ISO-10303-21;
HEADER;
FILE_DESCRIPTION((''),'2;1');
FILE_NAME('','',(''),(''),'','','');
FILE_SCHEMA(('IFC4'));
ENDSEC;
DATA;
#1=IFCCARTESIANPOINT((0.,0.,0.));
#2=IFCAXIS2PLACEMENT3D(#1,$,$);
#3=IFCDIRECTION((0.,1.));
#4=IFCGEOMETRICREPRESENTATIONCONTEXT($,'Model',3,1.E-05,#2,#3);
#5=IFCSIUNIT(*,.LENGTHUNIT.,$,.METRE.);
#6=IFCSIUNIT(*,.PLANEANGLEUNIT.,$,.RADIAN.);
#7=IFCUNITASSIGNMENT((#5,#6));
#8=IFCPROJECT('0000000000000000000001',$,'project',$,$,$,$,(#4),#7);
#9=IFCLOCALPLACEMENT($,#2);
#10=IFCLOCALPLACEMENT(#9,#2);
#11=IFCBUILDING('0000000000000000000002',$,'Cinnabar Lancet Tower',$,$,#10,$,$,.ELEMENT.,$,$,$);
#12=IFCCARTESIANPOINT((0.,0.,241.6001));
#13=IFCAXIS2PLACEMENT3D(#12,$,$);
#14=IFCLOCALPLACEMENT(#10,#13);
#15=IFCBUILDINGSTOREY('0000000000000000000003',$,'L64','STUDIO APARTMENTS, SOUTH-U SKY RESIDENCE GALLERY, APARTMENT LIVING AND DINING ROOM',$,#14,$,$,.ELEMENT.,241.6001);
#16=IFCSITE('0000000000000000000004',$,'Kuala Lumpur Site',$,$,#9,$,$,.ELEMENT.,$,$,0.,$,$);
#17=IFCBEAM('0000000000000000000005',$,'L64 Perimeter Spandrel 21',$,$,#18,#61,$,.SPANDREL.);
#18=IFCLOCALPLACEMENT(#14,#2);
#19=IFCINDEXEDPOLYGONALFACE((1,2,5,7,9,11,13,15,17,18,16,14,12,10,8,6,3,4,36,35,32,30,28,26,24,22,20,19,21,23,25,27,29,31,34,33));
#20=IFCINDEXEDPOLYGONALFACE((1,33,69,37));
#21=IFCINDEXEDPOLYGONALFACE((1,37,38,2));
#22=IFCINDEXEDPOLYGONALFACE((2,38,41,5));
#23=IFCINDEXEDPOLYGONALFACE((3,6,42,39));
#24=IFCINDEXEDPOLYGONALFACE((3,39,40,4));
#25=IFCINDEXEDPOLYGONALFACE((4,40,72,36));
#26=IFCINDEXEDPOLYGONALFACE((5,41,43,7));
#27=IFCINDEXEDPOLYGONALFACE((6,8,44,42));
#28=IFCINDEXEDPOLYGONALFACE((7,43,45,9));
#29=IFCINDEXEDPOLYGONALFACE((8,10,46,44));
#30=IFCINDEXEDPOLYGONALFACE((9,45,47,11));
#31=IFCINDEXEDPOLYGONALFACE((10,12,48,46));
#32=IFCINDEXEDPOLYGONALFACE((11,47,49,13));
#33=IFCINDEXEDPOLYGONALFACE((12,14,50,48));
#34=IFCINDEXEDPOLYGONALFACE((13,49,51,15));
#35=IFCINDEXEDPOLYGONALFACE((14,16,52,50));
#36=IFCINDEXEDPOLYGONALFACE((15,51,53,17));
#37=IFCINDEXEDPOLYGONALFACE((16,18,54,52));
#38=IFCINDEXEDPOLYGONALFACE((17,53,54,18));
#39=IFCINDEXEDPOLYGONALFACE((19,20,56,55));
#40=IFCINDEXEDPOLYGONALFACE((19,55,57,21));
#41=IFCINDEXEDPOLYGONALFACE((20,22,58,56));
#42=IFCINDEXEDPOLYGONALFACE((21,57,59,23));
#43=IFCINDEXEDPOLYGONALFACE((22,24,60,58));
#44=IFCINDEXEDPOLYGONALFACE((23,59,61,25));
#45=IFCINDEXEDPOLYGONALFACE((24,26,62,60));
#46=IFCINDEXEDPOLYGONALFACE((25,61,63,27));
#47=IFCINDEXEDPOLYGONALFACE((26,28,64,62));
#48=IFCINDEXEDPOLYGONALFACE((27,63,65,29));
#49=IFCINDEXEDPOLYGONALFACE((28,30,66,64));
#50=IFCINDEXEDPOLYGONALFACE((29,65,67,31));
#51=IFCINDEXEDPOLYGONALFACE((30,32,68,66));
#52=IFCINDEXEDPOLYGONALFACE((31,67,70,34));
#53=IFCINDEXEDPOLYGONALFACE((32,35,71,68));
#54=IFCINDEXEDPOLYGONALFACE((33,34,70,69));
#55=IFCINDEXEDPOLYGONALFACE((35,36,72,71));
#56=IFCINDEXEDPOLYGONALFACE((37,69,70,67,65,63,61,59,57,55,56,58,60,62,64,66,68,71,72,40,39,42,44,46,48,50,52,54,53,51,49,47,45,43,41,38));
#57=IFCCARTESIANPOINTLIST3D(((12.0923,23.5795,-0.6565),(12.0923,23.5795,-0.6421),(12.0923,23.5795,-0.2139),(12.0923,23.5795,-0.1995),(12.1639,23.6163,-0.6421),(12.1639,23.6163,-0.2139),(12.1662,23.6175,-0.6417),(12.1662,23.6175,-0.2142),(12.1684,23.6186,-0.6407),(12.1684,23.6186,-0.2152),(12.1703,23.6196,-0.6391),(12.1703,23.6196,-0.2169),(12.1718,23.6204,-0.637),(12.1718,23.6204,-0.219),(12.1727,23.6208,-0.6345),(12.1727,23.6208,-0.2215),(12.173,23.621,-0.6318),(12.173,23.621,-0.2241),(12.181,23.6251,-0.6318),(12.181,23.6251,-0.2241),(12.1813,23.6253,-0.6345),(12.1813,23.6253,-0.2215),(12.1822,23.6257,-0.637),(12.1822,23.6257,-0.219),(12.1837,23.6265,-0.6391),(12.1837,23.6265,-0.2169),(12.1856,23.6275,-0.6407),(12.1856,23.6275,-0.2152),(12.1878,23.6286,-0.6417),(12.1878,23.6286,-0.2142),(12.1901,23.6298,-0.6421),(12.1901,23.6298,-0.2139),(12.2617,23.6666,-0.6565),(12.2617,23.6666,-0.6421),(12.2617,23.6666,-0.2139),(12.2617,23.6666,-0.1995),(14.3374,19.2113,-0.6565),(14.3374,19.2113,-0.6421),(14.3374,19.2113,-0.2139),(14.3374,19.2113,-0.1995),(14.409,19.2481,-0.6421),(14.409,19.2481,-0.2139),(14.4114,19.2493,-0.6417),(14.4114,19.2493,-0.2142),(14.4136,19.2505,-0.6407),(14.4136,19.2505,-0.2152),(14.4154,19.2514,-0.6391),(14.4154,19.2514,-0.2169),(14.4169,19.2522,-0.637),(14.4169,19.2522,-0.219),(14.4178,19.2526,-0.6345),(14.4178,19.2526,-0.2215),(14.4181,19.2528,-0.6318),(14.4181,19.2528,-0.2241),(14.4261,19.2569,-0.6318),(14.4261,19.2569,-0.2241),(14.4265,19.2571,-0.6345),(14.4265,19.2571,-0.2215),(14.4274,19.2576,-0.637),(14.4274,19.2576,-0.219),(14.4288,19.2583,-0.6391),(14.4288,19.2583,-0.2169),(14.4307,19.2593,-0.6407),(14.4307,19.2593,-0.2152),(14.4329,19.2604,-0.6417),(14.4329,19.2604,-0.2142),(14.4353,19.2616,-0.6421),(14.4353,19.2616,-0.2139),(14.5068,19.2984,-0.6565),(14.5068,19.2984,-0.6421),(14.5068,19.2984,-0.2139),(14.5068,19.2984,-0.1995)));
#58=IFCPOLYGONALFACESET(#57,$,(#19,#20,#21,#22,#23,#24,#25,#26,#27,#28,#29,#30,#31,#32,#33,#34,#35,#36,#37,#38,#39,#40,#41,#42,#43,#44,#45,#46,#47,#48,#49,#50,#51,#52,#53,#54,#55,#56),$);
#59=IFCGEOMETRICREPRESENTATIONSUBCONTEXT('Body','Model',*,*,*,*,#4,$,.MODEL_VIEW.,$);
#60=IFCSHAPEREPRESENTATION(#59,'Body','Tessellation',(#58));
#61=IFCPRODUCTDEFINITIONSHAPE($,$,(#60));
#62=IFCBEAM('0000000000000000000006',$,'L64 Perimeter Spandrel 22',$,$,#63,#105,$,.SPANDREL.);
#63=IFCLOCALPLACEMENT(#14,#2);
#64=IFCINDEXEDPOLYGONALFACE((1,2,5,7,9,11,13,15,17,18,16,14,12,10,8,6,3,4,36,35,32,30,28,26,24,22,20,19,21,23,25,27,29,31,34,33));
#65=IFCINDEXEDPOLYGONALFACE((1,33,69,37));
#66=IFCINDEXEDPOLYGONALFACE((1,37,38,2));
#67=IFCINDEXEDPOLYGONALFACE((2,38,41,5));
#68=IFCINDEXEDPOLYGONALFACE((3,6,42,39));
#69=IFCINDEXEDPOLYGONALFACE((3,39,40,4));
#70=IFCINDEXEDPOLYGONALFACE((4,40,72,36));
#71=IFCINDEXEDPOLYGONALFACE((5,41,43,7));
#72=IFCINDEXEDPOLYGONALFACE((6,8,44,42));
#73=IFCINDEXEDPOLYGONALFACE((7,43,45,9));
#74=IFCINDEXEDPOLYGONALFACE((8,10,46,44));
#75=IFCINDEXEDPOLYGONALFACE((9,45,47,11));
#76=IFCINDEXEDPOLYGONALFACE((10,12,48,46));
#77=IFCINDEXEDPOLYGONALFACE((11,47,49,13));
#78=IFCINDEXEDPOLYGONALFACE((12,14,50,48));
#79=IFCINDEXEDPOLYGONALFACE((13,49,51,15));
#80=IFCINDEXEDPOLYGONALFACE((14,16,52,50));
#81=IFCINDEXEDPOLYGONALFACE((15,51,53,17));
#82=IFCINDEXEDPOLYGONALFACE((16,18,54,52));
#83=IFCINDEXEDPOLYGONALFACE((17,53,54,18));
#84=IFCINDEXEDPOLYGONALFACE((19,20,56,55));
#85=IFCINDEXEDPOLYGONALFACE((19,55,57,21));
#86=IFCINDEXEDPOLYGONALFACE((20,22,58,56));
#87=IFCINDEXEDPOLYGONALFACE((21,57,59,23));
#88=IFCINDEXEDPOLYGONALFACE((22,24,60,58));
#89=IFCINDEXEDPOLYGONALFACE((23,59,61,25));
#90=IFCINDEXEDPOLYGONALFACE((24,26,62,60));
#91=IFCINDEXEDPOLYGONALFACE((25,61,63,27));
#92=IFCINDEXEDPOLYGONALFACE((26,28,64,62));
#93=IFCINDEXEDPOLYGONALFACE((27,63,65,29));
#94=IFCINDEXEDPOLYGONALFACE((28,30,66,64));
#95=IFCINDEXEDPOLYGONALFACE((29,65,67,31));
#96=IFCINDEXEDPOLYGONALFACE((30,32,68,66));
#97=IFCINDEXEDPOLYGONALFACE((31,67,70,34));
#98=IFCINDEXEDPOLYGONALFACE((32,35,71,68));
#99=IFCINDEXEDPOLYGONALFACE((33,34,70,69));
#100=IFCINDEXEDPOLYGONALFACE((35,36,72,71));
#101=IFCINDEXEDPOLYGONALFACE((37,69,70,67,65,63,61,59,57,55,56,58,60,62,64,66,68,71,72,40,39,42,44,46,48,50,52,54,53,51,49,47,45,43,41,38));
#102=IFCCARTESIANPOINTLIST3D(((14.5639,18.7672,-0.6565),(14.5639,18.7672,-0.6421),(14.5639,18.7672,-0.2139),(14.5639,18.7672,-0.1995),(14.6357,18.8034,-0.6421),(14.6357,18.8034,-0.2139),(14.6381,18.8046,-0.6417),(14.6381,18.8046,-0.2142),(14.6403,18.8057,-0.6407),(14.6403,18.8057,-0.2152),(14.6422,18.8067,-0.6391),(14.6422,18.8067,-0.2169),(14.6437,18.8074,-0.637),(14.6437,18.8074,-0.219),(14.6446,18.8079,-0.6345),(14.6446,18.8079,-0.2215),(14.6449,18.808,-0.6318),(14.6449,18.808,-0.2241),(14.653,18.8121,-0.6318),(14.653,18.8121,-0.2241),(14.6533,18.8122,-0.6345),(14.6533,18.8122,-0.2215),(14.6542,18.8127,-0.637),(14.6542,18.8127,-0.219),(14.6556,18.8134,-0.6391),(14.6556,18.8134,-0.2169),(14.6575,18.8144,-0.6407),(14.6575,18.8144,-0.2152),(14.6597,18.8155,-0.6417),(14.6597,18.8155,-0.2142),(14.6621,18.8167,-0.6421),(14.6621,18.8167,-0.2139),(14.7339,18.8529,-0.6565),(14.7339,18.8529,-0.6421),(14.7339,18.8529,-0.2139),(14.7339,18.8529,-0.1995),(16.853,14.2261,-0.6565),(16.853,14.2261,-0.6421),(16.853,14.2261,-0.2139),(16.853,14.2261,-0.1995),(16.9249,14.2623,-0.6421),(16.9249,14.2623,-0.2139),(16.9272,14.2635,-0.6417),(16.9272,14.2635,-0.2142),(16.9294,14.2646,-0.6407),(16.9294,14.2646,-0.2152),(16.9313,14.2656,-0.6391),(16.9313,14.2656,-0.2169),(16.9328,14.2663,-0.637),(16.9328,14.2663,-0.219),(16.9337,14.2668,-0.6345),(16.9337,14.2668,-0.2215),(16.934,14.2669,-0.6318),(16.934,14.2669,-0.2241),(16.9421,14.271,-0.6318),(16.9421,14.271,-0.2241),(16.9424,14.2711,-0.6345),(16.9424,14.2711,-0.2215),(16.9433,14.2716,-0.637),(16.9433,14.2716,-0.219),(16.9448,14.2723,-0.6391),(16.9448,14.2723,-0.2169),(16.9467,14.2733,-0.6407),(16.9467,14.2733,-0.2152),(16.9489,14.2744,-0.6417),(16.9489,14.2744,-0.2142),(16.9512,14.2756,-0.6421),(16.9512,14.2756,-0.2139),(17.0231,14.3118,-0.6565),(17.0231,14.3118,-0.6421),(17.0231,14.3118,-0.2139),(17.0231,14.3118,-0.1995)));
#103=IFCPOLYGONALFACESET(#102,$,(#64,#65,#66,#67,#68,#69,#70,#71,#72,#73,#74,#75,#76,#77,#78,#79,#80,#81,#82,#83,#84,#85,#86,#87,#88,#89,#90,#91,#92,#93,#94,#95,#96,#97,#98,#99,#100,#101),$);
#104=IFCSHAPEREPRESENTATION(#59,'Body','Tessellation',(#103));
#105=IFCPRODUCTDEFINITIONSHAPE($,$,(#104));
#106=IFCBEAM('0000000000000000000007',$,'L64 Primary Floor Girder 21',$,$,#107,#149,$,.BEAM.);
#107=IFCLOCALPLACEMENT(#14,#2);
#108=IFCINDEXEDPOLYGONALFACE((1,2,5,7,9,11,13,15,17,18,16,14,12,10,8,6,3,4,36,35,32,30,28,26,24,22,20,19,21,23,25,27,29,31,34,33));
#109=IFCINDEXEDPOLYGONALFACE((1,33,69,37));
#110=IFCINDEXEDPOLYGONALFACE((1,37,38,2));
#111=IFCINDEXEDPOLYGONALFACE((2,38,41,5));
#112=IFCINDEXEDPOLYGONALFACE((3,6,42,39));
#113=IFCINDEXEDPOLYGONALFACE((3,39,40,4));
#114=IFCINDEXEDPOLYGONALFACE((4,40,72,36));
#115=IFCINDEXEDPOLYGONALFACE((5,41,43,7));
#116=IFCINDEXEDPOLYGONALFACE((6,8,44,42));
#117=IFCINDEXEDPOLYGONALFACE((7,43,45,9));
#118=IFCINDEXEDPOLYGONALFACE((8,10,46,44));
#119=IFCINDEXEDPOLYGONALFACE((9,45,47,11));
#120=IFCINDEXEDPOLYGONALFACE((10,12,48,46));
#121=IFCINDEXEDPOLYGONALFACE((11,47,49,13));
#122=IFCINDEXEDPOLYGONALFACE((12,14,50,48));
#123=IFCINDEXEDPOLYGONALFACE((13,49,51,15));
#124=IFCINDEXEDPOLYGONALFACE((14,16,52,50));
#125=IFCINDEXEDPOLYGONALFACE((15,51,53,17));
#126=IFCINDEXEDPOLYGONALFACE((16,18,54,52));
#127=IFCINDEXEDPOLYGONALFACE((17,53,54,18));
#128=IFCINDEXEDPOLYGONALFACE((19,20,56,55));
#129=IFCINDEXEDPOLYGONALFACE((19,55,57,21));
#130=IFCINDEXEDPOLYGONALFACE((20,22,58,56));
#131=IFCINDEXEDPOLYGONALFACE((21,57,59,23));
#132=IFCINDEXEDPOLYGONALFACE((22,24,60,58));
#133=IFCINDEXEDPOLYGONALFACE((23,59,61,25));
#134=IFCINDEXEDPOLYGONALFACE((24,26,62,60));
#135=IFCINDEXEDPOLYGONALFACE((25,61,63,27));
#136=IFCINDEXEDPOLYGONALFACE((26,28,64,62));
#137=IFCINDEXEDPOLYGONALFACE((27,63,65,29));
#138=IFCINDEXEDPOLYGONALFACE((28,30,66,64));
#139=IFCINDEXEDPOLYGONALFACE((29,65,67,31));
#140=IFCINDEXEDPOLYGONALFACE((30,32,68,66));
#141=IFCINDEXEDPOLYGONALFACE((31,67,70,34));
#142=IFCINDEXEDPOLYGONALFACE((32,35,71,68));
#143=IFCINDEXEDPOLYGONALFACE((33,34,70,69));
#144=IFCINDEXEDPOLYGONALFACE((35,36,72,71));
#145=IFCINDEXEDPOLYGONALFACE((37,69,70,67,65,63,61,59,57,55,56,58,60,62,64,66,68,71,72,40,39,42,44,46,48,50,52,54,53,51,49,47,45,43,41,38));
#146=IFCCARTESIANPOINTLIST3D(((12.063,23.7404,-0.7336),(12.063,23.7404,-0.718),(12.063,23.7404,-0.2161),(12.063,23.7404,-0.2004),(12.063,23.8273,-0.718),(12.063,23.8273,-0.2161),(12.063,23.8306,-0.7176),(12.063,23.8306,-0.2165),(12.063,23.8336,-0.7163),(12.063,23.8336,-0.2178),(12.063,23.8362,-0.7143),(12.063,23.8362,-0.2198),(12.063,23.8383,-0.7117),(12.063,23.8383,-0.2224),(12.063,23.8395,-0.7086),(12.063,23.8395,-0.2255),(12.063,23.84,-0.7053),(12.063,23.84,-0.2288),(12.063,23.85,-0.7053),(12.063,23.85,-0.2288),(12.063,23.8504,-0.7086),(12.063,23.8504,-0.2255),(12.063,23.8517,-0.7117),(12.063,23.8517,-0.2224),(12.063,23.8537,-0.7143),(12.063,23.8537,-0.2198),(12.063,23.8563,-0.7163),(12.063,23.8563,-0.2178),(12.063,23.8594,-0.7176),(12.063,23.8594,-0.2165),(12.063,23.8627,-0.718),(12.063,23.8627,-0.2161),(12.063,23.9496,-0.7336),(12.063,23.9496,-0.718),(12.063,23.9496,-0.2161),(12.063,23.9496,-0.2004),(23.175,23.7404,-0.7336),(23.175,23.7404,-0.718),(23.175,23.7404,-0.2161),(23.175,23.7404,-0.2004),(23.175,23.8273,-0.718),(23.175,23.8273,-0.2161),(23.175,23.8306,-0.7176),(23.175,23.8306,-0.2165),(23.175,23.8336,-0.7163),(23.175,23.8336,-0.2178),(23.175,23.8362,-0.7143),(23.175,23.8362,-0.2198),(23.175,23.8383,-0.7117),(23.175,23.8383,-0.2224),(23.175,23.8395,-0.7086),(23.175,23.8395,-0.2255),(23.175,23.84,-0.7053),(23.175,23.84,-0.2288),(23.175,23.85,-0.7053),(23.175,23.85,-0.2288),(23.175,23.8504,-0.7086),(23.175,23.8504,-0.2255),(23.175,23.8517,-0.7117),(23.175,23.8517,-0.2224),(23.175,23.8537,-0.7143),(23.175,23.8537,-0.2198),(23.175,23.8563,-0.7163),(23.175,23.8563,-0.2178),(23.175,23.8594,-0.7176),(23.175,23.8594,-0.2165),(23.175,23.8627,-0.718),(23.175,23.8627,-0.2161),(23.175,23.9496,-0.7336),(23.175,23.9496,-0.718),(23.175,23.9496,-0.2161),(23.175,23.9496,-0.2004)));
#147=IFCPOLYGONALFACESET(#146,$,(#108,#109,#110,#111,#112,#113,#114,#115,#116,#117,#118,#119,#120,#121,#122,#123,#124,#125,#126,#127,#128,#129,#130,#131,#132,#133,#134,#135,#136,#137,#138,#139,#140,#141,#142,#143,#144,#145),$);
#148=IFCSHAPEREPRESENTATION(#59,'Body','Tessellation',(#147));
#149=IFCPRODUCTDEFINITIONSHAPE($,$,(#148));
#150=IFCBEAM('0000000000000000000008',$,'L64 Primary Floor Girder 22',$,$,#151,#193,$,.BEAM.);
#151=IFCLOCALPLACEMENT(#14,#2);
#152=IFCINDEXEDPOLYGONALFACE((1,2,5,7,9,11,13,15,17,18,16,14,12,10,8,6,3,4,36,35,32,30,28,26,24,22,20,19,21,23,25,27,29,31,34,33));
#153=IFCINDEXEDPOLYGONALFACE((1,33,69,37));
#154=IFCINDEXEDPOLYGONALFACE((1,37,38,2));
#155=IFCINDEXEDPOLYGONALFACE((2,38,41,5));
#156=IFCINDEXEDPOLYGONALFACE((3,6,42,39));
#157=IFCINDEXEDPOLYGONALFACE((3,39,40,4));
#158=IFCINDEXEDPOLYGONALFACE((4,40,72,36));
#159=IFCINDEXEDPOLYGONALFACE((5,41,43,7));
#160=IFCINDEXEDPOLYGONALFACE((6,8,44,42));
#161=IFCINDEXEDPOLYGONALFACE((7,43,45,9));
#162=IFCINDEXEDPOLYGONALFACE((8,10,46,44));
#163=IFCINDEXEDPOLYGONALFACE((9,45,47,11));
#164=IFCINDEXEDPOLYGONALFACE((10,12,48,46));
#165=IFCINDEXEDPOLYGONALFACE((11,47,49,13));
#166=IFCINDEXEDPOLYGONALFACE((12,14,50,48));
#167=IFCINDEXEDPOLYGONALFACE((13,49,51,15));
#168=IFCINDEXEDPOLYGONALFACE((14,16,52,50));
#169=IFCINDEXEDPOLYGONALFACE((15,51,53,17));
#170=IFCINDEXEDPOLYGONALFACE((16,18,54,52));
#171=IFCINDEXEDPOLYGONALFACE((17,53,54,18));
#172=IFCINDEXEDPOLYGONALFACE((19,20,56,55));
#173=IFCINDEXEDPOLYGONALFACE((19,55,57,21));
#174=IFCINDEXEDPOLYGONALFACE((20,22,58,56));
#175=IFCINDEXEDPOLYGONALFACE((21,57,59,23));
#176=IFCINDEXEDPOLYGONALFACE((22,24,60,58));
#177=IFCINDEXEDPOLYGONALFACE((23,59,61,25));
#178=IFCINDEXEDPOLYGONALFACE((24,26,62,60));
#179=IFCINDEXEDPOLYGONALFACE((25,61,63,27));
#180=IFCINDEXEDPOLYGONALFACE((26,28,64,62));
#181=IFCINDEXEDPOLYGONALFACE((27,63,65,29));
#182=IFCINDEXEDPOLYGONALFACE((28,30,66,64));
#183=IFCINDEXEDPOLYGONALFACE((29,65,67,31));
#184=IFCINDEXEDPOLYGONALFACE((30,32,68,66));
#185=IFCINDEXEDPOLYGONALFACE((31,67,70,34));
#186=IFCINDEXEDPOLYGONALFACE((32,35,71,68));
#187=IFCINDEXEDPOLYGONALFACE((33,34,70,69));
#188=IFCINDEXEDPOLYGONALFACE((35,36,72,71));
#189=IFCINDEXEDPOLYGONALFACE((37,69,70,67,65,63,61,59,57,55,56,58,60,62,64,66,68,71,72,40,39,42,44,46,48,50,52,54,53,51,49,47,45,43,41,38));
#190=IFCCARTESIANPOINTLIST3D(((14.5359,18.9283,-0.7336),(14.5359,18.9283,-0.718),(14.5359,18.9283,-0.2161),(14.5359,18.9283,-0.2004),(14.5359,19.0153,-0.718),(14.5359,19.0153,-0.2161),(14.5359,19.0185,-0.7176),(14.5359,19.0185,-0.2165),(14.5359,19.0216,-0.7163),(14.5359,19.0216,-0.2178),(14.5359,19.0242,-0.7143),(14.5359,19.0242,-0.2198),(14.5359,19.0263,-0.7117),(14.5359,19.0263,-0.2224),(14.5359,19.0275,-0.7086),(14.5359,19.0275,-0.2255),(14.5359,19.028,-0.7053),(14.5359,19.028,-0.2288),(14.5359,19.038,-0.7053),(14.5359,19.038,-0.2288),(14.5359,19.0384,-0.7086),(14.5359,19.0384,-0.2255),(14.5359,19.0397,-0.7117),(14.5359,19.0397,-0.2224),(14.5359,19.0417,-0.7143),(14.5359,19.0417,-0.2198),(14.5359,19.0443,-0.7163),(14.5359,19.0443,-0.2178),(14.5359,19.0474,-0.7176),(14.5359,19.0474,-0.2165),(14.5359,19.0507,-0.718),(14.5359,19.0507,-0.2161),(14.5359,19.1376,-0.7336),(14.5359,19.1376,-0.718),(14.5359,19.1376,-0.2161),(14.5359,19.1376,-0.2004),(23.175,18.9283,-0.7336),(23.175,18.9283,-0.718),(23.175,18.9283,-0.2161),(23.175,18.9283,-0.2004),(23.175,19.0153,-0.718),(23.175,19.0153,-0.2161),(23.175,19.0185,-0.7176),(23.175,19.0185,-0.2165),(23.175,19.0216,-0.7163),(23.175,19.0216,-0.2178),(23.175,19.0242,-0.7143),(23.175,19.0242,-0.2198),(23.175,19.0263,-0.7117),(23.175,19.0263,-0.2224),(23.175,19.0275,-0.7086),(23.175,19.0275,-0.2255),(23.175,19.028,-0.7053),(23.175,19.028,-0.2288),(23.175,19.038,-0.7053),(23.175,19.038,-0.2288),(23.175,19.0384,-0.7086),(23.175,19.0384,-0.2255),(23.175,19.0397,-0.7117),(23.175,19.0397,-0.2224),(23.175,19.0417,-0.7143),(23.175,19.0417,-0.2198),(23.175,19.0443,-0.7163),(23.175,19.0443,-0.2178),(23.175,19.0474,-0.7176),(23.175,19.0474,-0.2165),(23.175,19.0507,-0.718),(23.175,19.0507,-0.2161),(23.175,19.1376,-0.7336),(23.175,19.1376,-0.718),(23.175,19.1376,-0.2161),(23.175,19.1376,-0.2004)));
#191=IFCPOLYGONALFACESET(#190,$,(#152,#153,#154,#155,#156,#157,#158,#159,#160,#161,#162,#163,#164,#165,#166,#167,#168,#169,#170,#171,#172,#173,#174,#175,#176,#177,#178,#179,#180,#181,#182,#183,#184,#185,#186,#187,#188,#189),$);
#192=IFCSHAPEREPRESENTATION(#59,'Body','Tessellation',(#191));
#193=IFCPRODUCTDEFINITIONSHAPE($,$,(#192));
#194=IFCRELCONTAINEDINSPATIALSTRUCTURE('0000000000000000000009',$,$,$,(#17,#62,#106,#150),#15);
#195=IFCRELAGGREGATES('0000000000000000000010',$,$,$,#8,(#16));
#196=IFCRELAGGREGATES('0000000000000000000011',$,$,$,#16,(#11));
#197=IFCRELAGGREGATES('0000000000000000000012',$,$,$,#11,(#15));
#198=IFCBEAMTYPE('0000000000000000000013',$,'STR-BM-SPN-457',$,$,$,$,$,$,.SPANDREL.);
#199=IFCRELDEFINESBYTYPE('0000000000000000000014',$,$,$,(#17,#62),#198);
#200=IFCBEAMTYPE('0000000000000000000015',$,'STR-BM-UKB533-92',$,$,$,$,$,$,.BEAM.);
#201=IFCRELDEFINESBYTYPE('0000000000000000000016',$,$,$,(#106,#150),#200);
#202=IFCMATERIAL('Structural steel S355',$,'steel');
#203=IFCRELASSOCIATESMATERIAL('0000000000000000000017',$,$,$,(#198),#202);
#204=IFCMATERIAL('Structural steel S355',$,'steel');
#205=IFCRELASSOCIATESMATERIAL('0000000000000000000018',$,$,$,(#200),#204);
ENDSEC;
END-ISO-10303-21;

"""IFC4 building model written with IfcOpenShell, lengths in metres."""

from ifc_helpers import new_model, si_unit, direction, frame, origin, origin_2d, place, context, subcontext, project, spatial, i_section, extrude, material, material_profile, profile_set, type_object, element, save


model = new_model("IFC4")

# Units and contexts
model_context = context("Model", 3, precision=1e-05, world=origin(), true_north=direction((0.0, 1.0)))
body_context = subcontext(model_context, "Body", "Model", "MODEL_VIEW")
ifc_project = project(units=[si_unit("LENGTHUNIT", "METRE"), si_unit("PLANEANGLEUNIT", "RADIAN")], contexts=[model_context])

# Site, building, storey
site_placement = place(None, origin())
site = spatial("IfcSite", under=ifc_project, at=site_placement, Name="Kuala Lumpur Site", CompositionType="ELEMENT", RefElevation=0.0)
building_placement = place(site_placement, origin())
building = spatial("IfcBuilding", under=site, at=building_placement, Name="Cinnabar Lancet Tower", CompositionType="ELEMENT")
storey_placement = place(building_placement, frame((0.0, 0.0, 241.6001)))
storey = spatial("IfcBuildingStorey", under=building, at=storey_placement, Name="L64", Description="STUDIO APARTMENTS, SOUTH-U SKY RESIDENCE GALLERY, APARTMENT LIVING AND DINING ROOM", CompositionType="ELEMENT", Elevation=241.6001)

# Beams
ifc_material_1 = material(Name="Structural steel S355", Category="steel")
ifc_material_profile_1 = material_profile(ifc_material_1, i_section(OverallWidth=0.1904, OverallDepth=0.457, WebThickness=0.009, FlangeThickness=0.0144, FilletRadius=0.0103, at=origin_2d()), Name="UKB 457x191x74")
ifc_profile_set_1 = profile_set([ifc_material_profile_1], Name="Structural steel S355")
beam_type_1 = type_object("IfcBeamType", Name="STR-BM-SPN-457", PredefinedType="SPANDREL", material=ifc_profile_set_1)
beam_1_placement = place(storey_placement, frame((12.177, 23.623, -0.428), z_axis=(0.457128, -0.889401, 0.0), x_axis=(0.889401, 0.457128, 0.0)))
element("IfcBeam", 1, at=beam_1_placement, inside=storey, type_object=beam_type_1, Name="L64 Perimeter Spandrel 21", PredefinedType="SPANDREL", context=body_context, shape_type="SweptSolid", body=[
    extrude(i_section(OverallWidth=0.1904, OverallDepth=0.457, WebThickness=0.009, FlangeThickness=0.0144, FilletRadius=0.0103, at=origin_2d()), origin(), (0.0, 0.0, 1.0), 4.9114),
])
beam_2_placement = place(storey_placement, frame((14.6489, 18.8101, -0.428), z_axis=(0.45013, -0.892963, 0.0), x_axis=(0.892963, 0.45013, 0.0)))
element("IfcBeam", 2, at=beam_2_placement, inside=storey, type_object=beam_type_1, Name="L64 Perimeter Spandrel 22", PredefinedType="SPANDREL", context=body_context, shape_type="SweptSolid", body=[
    extrude(i_section(OverallWidth=0.1904, OverallDepth=0.457, WebThickness=0.009, FlangeThickness=0.0144, FilletRadius=0.0103, at=origin_2d()), origin(), (0.0, 0.0, 1.0), 5.0854),
])
ifc_material_2 = material(Name="Structural steel S355", Category="steel")
ifc_material_profile_2 = material_profile(ifc_material_2, i_section(OverallWidth=0.2092, OverallDepth=0.5332, WebThickness=0.01, FlangeThickness=0.0156, FilletRadius=0.0127, at=origin_2d()), Name="UKB 533x210x92")
ifc_profile_set_2 = profile_set([ifc_material_profile_2], Name="Structural steel S355")
beam_type_2 = type_object("IfcBeamType", Name="STR-BM-UKB533-92", PredefinedType="BEAM", material=ifc_profile_set_2)
beam_3_placement = place(storey_placement, frame((12.063, 23.845, -0.467), z_axis=(1.0, 0.0, 0.0), x_axis=(0.0, 1.0, 0.0)))
element("IfcBeam", 3, at=beam_3_placement, inside=storey, type_object=beam_type_2, Name="L64 Primary Floor Girder 21", PredefinedType="BEAM", context=body_context, shape_type="SweptSolid", body=[
    extrude(i_section(OverallWidth=0.2092, OverallDepth=0.5332, WebThickness=0.01, FlangeThickness=0.0156, FilletRadius=0.0127, at=origin_2d()), origin(), (0.0, 0.0, 1.0), 11.1121),
])
beam_4_placement = place(storey_placement, frame((14.5359, 19.033, -0.467), z_axis=(1.0, 0.0, 0.0), x_axis=(0.0, 1.0, 0.0)))
element("IfcBeam", 4, at=beam_4_placement, inside=storey, type_object=beam_type_2, Name="L64 Primary Floor Girder 22", PredefinedType="BEAM", context=body_context, shape_type="SweptSolid", body=[
    extrude(i_section(OverallWidth=0.2092, OverallDepth=0.5332, WebThickness=0.01, FlangeThickness=0.0156, FilletRadius=0.0127, at=origin_2d()), origin(), (0.0, 0.0, 1.0), 8.6392),
])

save(model, "model.ifc")
